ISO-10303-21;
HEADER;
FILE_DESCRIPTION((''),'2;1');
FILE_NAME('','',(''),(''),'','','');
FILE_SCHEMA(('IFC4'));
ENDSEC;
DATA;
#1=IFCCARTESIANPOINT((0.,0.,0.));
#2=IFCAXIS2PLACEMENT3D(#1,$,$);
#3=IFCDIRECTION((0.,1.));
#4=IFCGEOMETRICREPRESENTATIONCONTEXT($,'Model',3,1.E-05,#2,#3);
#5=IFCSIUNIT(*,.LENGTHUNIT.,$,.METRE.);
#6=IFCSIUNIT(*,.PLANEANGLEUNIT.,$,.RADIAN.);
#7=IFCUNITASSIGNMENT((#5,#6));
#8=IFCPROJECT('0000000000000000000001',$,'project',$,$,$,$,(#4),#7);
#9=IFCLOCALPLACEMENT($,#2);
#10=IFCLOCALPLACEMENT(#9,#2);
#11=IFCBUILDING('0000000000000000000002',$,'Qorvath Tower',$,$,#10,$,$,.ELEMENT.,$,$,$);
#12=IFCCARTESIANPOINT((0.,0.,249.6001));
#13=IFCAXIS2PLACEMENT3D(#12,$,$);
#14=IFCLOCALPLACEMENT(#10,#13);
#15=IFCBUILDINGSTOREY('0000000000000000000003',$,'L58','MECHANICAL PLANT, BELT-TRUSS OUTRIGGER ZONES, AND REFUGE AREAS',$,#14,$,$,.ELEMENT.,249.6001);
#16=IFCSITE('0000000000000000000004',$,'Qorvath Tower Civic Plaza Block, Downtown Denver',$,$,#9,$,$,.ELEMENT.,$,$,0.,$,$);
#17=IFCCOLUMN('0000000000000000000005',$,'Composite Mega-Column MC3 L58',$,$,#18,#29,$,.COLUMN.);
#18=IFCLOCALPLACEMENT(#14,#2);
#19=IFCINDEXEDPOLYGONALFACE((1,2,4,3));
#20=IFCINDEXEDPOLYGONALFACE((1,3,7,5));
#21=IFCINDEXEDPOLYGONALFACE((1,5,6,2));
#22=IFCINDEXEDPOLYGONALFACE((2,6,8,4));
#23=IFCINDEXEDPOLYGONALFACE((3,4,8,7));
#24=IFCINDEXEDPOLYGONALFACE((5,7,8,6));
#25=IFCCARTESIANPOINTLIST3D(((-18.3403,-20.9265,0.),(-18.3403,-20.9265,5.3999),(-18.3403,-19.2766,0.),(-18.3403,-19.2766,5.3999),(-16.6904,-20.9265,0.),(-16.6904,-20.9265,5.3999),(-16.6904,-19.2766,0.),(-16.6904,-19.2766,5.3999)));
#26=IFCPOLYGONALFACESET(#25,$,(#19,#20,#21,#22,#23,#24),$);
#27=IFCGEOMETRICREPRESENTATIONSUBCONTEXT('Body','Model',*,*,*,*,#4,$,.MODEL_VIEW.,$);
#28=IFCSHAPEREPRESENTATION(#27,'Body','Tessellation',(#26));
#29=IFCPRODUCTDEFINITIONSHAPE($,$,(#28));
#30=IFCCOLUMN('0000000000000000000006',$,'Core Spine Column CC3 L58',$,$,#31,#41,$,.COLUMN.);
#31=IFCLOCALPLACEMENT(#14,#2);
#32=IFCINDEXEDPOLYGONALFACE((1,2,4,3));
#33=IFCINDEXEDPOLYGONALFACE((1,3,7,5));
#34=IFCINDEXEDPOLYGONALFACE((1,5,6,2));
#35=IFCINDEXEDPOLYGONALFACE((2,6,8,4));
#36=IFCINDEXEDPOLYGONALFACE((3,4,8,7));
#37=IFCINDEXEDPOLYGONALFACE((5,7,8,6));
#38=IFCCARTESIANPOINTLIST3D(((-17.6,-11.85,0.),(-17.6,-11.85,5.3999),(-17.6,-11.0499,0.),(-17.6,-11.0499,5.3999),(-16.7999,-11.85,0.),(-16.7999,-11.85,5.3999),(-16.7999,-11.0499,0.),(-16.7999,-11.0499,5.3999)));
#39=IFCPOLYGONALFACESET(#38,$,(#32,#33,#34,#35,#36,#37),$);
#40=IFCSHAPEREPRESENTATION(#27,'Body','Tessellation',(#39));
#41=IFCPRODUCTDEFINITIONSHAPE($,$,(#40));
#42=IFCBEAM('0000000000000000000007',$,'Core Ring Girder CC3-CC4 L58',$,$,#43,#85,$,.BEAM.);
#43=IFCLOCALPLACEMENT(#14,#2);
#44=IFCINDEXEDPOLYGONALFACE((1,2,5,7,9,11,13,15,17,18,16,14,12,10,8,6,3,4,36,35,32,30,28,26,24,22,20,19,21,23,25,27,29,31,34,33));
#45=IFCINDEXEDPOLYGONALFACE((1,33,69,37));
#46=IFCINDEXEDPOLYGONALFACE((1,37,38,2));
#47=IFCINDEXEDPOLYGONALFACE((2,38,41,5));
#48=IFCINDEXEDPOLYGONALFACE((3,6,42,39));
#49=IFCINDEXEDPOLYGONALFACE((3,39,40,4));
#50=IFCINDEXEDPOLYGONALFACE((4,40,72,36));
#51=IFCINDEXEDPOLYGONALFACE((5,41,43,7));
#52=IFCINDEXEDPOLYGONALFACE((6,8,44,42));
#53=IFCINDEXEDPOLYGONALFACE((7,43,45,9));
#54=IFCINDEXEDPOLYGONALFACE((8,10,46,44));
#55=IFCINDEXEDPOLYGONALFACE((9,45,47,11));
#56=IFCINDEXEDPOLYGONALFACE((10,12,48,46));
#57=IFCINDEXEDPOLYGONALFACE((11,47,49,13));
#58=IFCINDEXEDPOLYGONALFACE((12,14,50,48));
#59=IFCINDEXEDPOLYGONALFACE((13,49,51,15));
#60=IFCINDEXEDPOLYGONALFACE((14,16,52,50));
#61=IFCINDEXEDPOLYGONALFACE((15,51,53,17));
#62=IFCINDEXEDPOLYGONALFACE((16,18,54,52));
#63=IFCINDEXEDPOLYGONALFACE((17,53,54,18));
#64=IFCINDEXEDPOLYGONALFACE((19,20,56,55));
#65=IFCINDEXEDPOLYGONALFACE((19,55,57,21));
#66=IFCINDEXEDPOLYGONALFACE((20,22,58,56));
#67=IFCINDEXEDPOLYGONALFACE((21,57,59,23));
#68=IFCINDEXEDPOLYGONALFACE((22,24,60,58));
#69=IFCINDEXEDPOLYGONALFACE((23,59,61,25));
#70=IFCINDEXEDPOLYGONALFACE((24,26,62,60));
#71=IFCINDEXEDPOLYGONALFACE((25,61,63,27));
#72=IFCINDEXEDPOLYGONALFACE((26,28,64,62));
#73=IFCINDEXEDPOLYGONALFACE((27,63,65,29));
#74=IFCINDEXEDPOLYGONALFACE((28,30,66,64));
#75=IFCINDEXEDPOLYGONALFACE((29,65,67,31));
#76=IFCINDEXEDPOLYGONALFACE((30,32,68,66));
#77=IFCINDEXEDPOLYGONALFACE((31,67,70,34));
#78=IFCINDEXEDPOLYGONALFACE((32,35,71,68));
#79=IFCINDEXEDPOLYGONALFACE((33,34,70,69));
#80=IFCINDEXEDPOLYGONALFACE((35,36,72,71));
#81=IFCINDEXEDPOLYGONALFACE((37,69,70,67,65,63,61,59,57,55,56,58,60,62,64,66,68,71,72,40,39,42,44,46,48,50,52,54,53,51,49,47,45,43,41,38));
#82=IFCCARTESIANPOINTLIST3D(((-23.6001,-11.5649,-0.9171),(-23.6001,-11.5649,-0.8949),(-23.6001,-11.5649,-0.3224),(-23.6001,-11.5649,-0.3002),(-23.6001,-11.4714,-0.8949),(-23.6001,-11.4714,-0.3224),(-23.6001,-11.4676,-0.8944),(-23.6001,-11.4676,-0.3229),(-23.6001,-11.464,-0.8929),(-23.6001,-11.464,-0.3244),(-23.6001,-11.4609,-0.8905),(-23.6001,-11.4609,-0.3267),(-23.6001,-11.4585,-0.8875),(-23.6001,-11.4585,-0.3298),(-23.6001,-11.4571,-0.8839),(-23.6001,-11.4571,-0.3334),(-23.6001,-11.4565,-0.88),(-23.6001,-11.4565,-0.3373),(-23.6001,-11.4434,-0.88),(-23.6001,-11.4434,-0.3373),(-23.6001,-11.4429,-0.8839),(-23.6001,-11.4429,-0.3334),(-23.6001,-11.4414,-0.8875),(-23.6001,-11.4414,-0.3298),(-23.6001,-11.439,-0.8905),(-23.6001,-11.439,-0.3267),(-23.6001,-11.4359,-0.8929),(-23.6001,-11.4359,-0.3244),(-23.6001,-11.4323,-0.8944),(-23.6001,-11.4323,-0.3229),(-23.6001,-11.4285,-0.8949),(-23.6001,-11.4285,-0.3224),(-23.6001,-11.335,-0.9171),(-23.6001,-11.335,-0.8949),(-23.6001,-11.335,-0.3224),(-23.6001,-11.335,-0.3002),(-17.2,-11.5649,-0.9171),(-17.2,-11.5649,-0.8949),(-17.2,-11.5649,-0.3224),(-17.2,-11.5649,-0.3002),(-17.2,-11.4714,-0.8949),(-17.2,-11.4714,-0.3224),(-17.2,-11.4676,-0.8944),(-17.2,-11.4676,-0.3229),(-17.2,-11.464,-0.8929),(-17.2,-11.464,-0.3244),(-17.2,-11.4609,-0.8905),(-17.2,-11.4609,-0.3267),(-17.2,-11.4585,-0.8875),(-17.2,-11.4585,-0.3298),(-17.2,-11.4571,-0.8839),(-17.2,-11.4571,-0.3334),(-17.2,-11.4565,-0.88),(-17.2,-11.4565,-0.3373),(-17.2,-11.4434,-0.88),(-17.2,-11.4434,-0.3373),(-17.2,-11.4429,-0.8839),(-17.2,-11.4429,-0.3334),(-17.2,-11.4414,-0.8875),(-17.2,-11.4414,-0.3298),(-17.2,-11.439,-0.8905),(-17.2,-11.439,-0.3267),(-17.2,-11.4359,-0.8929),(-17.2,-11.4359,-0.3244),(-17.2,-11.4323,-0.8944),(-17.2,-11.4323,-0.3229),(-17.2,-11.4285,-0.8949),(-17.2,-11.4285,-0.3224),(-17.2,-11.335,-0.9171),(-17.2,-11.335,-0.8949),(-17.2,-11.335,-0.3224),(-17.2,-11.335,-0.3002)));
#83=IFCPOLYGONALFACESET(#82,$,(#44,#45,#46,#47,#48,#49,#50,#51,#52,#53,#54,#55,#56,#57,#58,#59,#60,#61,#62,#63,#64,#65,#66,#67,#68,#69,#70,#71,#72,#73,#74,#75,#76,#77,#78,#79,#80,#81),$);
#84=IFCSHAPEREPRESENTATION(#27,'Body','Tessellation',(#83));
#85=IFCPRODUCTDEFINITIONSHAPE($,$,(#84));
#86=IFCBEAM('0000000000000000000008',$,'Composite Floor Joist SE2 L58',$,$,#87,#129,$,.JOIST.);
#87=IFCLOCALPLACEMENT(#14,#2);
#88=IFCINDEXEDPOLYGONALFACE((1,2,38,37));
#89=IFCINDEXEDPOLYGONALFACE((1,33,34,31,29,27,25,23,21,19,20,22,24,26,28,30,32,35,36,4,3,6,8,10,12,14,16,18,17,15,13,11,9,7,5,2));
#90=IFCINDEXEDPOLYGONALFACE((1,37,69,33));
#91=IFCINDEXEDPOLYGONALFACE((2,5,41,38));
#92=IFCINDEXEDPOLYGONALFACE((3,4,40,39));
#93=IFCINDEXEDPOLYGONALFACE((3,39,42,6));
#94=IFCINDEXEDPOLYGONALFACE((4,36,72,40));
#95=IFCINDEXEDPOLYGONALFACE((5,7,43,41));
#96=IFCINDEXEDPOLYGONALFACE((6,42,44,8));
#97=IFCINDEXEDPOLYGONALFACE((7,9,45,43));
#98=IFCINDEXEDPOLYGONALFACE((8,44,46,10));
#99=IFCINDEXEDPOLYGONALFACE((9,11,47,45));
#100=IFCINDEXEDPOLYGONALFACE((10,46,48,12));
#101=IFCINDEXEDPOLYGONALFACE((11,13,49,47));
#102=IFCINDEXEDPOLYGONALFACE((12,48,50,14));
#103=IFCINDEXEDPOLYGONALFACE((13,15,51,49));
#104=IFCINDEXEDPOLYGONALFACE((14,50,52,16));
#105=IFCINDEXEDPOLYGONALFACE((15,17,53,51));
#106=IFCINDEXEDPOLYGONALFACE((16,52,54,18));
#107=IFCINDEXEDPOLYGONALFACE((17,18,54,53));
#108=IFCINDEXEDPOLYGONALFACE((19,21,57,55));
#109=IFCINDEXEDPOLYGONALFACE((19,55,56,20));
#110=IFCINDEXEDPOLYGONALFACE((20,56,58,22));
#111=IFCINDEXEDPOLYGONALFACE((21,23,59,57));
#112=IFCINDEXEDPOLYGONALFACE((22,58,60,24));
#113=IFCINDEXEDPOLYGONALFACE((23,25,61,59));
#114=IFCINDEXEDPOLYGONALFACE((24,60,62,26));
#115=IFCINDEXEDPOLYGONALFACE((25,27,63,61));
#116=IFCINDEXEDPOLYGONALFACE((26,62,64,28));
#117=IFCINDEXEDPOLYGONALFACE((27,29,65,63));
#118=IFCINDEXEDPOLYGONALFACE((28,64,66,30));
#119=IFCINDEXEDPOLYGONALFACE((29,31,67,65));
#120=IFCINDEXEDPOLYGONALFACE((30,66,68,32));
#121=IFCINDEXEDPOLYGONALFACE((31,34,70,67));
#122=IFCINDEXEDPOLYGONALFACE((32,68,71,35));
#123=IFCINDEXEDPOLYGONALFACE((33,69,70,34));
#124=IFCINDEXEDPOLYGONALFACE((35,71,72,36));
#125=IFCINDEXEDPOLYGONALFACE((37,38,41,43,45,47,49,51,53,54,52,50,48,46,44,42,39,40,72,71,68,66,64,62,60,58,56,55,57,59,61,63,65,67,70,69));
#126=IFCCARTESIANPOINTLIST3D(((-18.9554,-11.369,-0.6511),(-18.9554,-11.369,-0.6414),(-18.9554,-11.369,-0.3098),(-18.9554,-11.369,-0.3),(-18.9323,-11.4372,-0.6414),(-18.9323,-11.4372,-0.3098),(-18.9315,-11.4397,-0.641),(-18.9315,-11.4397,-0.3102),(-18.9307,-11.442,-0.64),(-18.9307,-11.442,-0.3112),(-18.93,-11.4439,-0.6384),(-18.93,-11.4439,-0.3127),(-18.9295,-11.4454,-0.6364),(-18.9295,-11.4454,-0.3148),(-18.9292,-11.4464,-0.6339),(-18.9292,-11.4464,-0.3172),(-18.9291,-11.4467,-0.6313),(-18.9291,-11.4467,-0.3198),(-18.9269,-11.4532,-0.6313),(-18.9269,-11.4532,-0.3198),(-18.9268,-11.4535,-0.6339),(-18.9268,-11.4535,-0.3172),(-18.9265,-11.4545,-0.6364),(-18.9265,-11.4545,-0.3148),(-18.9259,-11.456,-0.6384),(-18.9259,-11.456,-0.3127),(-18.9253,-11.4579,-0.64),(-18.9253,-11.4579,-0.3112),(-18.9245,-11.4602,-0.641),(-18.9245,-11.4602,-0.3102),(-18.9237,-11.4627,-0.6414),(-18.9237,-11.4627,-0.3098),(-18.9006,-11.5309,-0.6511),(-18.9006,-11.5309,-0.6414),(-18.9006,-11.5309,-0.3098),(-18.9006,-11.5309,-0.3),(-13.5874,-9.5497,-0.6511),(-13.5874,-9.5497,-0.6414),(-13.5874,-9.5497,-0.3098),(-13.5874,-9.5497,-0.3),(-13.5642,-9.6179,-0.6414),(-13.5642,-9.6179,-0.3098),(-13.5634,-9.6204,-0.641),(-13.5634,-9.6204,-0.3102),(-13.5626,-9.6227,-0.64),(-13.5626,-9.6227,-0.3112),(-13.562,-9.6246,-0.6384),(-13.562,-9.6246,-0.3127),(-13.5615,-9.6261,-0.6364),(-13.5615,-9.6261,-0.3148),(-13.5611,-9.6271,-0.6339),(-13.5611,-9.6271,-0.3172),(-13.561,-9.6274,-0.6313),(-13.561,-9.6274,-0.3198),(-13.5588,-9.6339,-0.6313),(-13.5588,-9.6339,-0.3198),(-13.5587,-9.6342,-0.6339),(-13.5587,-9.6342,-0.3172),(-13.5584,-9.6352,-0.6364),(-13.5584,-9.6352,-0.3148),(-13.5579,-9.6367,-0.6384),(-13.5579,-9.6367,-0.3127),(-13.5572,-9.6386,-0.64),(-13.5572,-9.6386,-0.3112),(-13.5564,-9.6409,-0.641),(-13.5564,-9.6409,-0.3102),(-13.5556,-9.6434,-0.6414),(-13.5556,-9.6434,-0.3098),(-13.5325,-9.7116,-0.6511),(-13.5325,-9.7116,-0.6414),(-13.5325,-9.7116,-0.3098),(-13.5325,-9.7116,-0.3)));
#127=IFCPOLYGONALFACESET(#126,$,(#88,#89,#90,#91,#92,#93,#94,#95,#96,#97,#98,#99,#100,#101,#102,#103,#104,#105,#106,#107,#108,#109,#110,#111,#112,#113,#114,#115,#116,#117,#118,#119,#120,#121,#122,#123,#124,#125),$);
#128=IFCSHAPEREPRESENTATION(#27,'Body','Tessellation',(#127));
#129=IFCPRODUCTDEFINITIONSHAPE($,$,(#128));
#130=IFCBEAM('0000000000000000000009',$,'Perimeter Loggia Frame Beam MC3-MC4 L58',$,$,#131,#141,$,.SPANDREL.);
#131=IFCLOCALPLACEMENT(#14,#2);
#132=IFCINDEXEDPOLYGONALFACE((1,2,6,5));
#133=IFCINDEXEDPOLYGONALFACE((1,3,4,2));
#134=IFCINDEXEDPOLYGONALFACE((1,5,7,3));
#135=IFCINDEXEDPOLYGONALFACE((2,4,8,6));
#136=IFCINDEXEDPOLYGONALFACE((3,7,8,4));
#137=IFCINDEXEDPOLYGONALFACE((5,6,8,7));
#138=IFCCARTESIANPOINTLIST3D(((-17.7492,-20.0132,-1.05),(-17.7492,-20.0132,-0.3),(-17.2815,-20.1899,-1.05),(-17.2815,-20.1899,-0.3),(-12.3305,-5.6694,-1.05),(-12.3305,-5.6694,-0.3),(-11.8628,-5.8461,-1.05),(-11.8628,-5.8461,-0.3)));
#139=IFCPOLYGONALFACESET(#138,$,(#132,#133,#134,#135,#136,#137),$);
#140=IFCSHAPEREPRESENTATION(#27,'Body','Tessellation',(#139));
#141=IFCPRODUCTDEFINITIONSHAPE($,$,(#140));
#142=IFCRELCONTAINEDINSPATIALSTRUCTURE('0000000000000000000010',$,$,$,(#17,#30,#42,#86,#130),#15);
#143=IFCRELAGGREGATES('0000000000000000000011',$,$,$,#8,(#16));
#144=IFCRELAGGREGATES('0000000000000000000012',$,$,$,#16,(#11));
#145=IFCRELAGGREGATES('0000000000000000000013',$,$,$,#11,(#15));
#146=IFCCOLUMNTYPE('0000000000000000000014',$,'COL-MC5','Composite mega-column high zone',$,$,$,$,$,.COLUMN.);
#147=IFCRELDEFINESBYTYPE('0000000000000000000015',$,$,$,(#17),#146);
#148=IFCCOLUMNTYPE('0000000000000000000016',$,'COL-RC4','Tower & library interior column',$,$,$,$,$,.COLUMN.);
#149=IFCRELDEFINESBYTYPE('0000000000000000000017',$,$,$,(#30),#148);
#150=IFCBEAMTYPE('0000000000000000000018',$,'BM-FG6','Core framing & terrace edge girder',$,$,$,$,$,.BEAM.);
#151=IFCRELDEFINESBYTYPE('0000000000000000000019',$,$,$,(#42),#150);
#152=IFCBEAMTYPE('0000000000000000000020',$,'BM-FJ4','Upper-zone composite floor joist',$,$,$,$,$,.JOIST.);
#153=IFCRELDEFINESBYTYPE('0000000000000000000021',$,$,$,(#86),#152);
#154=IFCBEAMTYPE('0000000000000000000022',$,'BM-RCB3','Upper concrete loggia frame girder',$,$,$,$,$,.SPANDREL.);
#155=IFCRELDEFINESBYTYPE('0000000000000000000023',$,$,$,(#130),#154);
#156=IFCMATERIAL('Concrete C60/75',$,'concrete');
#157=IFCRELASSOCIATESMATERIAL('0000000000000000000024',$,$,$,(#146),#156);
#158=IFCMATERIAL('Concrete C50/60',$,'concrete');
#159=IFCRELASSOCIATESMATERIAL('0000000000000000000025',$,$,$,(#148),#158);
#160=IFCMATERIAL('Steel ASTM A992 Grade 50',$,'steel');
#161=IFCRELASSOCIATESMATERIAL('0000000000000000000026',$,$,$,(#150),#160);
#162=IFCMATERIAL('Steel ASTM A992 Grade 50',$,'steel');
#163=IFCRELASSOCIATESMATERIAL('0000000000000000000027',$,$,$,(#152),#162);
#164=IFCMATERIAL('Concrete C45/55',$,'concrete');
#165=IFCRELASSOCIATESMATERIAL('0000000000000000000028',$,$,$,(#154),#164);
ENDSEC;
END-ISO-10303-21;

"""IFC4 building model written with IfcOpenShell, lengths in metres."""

from ifc_helpers import new_model, si_unit, direction, frame, origin, origin_2d, place, context, subcontext, project, spatial, rectangle, i_section, extrude, material, material_profile, profile_set, type_object, element, save


model = new_model("IFC4")

# Units and contexts
model_context = context("Model", 3, precision=1e-05, world=origin(), true_north=direction((0.0, 1.0)))
body_context = subcontext(model_context, "Body", "Model", "MODEL_VIEW")
ifc_project = project(units=[si_unit("LENGTHUNIT", "METRE"), si_unit("PLANEANGLEUNIT", "RADIAN")], contexts=[model_context])

# Site, building, storey
site_placement = place(None, origin())
site = spatial("IfcSite", under=ifc_project, at=site_placement, Name="Qorvath Tower Civic Plaza Block, Downtown Denver", CompositionType="ELEMENT", RefElevation=0.0)
building_placement = place(site_placement, origin())
building = spatial("IfcBuilding", under=site, at=building_placement, Name="Qorvath Tower", CompositionType="ELEMENT")
storey_placement = place(building_placement, frame((0.0, 0.0, 249.6001)))
storey = spatial("IfcBuildingStorey", under=building, at=storey_placement, Name="L58", Description="MECHANICAL PLANT, BELT-TRUSS OUTRIGGER ZONES, AND REFUGE AREAS", CompositionType="ELEMENT", Elevation=249.6001)

# Columns
ifc_material_1 = material(Name="Concrete C60/75", Category="concrete")
ifc_material_profile_1 = material_profile(ifc_material_1, rectangle(XDim=1.6499, YDim=1.6499, at=origin_2d()), Name="MC 1650x1650")
ifc_profile_set_1 = profile_set([ifc_material_profile_1], Name="Concrete C60/75")
column_type_1 = type_object("IfcColumnType", Name="COL-MC5", Description="Composite mega-column high zone", PredefinedType="COLUMN", material=ifc_profile_set_1)
column_1_placement = place(storey_placement, frame((-17.5154, -20.1016, 0.0), z_axis=(0.0, 0.0, 1.0), x_axis=(1.0, 0.0, 0.0)))
element("IfcColumn", 1, at=column_1_placement, inside=storey, type_object=column_type_1, Name="Composite Mega-Column MC3 L58", PredefinedType="COLUMN", context=body_context, shape_type="SweptSolid", body=[
    extrude(rectangle(XDim=1.6499, YDim=1.6499, at=origin_2d()), origin(), (0.0, 0.0, 1.0), 5.3999),
])
ifc_material_2 = material(Name="Concrete C50/60", Category="concrete")
ifc_material_profile_2 = material_profile(ifc_material_2, rectangle(XDim=0.8, YDim=0.8, at=origin_2d()), Name="RC 800x800")
ifc_profile_set_2 = profile_set([ifc_material_profile_2], Name="Concrete C50/60")
column_type_2 = type_object("IfcColumnType", Name="COL-RC4", Description="Tower & library interior column", PredefinedType="COLUMN", material=ifc_profile_set_2)
column_2_placement = place(storey_placement, frame((-17.2, -11.45, 0.0), z_axis=(0.0, 0.0, 1.0), x_axis=(1.0, 0.0, 0.0)))
element("IfcColumn", 2, at=column_2_placement, inside=storey, type_object=column_type_2, Name="Core Spine Column CC3 L58", PredefinedType="COLUMN", context=body_context, shape_type="SweptSolid", body=[
    extrude(rectangle(XDim=0.8, YDim=0.8, at=origin_2d()), origin(), (0.0, 0.0, 1.0), 5.3999),
])

# Beams
ifc_material_3 = material(Name="Steel ASTM A992 Grade 50", Category="steel")
ifc_material_profile_3 = material_profile(ifc_material_3, i_section(OverallWidth=0.23, OverallDepth=0.6169, WebThickness=0.0132, FlangeThickness=0.0222, FilletRadius=0.0149, at=origin_2d()), Name="W24x94")
ifc_profile_set_3 = profile_set([ifc_material_profile_3], Name="Steel ASTM A992 Grade 50")
beam_type_1 = type_object("IfcBeamType", Name="BM-FG6", Description="Core framing & terrace edge girder", PredefinedType="BEAM", material=ifc_profile_set_3)
beam_1_placement = place(storey_placement, frame((-17.2, -11.45, -0.6086), z_axis=(-1.0, 0.0, 0.0), x_axis=(0.0, -1.0, 0.0)))
element("IfcBeam", 3, at=beam_1_placement, inside=storey, type_object=beam_type_1, Name="Core Ring Girder CC3-CC4 L58", PredefinedType="BEAM", context=body_context, shape_type="SweptSolid", body=[
    extrude(i_section(OverallWidth=0.23, OverallDepth=0.6169, WebThickness=0.0132, FlangeThickness=0.0222, FilletRadius=0.0149, at=origin_2d()), origin(), (0.0, 0.0, 1.0), 6.4001),
])
ifc_material_4 = material(Name="Steel ASTM A992 Grade 50", Category="steel")
ifc_material_profile_4 = material_profile(ifc_material_4, i_section(OverallWidth=0.1709, OverallDepth=0.3511, WebThickness=0.0068, FlangeThickness=0.0098, FilletRadius=0.01, at=origin_2d()), Name="W14x30")
ifc_profile_set_4 = profile_set([ifc_material_profile_4], Name="Steel ASTM A992 Grade 50")
beam_type_2 = type_object("IfcBeamType", Name="BM-FJ4", Description="Upper-zone composite floor joist", PredefinedType="JOIST", material=ifc_profile_set_4)
beam_2_placement = place(storey_placement, frame((-18.928, -11.45, -0.4756), z_axis=(0.947086, 0.320979, 0.0), x_axis=(-0.320979, 0.947086, 0.0)))
element("IfcBeam", 4, at=beam_2_placement, inside=storey, type_object=beam_type_2, Name="Composite Floor Joist SE2 L58", PredefinedType="JOIST", context=body_context, shape_type="SweptSolid", body=[
    extrude(i_section(OverallWidth=0.1709, OverallDepth=0.3511, WebThickness=0.0068, FlangeThickness=0.0098, FilletRadius=0.01, at=origin_2d()), origin(), (0.0, 0.0, 1.0), 5.668),
])
ifc_material_5 = material(Name="Concrete C45/55", Category="concrete")
ifc_material_profile_5 = material_profile(ifc_material_5, rectangle(XDim=0.5, YDim=0.75, at=origin_2d()), Name="RCB 750x500")
ifc_profile_set_5 = profile_set([ifc_material_profile_5], Name="Concrete C45/55")
beam_type_3 = type_object("IfcBeamType", Name="BM-RCB3", Description="Upper concrete loggia frame girder", PredefinedType="SPANDREL", material=ifc_profile_set_5)
beam_3_placement = place(storey_placement, frame((-17.5154, -20.1016, -0.675), z_axis=(0.353398, 0.935473, 0.0), x_axis=(-0.935473, 0.353398, 0.0)))
element("IfcBeam", 5, at=beam_3_placement, inside=storey, type_object=beam_type_3, Name="Perimeter Loggia Frame Beam MC3-MC4 L58", PredefinedType="SPANDREL", context=body_context, shape_type="SweptSolid", body=[
    extrude(rectangle(XDim=0.5, YDim=0.75, at=origin_2d()), origin(), (0.0, 0.0, 1.0), 15.3333),
])

save(model, "model.ifc")
